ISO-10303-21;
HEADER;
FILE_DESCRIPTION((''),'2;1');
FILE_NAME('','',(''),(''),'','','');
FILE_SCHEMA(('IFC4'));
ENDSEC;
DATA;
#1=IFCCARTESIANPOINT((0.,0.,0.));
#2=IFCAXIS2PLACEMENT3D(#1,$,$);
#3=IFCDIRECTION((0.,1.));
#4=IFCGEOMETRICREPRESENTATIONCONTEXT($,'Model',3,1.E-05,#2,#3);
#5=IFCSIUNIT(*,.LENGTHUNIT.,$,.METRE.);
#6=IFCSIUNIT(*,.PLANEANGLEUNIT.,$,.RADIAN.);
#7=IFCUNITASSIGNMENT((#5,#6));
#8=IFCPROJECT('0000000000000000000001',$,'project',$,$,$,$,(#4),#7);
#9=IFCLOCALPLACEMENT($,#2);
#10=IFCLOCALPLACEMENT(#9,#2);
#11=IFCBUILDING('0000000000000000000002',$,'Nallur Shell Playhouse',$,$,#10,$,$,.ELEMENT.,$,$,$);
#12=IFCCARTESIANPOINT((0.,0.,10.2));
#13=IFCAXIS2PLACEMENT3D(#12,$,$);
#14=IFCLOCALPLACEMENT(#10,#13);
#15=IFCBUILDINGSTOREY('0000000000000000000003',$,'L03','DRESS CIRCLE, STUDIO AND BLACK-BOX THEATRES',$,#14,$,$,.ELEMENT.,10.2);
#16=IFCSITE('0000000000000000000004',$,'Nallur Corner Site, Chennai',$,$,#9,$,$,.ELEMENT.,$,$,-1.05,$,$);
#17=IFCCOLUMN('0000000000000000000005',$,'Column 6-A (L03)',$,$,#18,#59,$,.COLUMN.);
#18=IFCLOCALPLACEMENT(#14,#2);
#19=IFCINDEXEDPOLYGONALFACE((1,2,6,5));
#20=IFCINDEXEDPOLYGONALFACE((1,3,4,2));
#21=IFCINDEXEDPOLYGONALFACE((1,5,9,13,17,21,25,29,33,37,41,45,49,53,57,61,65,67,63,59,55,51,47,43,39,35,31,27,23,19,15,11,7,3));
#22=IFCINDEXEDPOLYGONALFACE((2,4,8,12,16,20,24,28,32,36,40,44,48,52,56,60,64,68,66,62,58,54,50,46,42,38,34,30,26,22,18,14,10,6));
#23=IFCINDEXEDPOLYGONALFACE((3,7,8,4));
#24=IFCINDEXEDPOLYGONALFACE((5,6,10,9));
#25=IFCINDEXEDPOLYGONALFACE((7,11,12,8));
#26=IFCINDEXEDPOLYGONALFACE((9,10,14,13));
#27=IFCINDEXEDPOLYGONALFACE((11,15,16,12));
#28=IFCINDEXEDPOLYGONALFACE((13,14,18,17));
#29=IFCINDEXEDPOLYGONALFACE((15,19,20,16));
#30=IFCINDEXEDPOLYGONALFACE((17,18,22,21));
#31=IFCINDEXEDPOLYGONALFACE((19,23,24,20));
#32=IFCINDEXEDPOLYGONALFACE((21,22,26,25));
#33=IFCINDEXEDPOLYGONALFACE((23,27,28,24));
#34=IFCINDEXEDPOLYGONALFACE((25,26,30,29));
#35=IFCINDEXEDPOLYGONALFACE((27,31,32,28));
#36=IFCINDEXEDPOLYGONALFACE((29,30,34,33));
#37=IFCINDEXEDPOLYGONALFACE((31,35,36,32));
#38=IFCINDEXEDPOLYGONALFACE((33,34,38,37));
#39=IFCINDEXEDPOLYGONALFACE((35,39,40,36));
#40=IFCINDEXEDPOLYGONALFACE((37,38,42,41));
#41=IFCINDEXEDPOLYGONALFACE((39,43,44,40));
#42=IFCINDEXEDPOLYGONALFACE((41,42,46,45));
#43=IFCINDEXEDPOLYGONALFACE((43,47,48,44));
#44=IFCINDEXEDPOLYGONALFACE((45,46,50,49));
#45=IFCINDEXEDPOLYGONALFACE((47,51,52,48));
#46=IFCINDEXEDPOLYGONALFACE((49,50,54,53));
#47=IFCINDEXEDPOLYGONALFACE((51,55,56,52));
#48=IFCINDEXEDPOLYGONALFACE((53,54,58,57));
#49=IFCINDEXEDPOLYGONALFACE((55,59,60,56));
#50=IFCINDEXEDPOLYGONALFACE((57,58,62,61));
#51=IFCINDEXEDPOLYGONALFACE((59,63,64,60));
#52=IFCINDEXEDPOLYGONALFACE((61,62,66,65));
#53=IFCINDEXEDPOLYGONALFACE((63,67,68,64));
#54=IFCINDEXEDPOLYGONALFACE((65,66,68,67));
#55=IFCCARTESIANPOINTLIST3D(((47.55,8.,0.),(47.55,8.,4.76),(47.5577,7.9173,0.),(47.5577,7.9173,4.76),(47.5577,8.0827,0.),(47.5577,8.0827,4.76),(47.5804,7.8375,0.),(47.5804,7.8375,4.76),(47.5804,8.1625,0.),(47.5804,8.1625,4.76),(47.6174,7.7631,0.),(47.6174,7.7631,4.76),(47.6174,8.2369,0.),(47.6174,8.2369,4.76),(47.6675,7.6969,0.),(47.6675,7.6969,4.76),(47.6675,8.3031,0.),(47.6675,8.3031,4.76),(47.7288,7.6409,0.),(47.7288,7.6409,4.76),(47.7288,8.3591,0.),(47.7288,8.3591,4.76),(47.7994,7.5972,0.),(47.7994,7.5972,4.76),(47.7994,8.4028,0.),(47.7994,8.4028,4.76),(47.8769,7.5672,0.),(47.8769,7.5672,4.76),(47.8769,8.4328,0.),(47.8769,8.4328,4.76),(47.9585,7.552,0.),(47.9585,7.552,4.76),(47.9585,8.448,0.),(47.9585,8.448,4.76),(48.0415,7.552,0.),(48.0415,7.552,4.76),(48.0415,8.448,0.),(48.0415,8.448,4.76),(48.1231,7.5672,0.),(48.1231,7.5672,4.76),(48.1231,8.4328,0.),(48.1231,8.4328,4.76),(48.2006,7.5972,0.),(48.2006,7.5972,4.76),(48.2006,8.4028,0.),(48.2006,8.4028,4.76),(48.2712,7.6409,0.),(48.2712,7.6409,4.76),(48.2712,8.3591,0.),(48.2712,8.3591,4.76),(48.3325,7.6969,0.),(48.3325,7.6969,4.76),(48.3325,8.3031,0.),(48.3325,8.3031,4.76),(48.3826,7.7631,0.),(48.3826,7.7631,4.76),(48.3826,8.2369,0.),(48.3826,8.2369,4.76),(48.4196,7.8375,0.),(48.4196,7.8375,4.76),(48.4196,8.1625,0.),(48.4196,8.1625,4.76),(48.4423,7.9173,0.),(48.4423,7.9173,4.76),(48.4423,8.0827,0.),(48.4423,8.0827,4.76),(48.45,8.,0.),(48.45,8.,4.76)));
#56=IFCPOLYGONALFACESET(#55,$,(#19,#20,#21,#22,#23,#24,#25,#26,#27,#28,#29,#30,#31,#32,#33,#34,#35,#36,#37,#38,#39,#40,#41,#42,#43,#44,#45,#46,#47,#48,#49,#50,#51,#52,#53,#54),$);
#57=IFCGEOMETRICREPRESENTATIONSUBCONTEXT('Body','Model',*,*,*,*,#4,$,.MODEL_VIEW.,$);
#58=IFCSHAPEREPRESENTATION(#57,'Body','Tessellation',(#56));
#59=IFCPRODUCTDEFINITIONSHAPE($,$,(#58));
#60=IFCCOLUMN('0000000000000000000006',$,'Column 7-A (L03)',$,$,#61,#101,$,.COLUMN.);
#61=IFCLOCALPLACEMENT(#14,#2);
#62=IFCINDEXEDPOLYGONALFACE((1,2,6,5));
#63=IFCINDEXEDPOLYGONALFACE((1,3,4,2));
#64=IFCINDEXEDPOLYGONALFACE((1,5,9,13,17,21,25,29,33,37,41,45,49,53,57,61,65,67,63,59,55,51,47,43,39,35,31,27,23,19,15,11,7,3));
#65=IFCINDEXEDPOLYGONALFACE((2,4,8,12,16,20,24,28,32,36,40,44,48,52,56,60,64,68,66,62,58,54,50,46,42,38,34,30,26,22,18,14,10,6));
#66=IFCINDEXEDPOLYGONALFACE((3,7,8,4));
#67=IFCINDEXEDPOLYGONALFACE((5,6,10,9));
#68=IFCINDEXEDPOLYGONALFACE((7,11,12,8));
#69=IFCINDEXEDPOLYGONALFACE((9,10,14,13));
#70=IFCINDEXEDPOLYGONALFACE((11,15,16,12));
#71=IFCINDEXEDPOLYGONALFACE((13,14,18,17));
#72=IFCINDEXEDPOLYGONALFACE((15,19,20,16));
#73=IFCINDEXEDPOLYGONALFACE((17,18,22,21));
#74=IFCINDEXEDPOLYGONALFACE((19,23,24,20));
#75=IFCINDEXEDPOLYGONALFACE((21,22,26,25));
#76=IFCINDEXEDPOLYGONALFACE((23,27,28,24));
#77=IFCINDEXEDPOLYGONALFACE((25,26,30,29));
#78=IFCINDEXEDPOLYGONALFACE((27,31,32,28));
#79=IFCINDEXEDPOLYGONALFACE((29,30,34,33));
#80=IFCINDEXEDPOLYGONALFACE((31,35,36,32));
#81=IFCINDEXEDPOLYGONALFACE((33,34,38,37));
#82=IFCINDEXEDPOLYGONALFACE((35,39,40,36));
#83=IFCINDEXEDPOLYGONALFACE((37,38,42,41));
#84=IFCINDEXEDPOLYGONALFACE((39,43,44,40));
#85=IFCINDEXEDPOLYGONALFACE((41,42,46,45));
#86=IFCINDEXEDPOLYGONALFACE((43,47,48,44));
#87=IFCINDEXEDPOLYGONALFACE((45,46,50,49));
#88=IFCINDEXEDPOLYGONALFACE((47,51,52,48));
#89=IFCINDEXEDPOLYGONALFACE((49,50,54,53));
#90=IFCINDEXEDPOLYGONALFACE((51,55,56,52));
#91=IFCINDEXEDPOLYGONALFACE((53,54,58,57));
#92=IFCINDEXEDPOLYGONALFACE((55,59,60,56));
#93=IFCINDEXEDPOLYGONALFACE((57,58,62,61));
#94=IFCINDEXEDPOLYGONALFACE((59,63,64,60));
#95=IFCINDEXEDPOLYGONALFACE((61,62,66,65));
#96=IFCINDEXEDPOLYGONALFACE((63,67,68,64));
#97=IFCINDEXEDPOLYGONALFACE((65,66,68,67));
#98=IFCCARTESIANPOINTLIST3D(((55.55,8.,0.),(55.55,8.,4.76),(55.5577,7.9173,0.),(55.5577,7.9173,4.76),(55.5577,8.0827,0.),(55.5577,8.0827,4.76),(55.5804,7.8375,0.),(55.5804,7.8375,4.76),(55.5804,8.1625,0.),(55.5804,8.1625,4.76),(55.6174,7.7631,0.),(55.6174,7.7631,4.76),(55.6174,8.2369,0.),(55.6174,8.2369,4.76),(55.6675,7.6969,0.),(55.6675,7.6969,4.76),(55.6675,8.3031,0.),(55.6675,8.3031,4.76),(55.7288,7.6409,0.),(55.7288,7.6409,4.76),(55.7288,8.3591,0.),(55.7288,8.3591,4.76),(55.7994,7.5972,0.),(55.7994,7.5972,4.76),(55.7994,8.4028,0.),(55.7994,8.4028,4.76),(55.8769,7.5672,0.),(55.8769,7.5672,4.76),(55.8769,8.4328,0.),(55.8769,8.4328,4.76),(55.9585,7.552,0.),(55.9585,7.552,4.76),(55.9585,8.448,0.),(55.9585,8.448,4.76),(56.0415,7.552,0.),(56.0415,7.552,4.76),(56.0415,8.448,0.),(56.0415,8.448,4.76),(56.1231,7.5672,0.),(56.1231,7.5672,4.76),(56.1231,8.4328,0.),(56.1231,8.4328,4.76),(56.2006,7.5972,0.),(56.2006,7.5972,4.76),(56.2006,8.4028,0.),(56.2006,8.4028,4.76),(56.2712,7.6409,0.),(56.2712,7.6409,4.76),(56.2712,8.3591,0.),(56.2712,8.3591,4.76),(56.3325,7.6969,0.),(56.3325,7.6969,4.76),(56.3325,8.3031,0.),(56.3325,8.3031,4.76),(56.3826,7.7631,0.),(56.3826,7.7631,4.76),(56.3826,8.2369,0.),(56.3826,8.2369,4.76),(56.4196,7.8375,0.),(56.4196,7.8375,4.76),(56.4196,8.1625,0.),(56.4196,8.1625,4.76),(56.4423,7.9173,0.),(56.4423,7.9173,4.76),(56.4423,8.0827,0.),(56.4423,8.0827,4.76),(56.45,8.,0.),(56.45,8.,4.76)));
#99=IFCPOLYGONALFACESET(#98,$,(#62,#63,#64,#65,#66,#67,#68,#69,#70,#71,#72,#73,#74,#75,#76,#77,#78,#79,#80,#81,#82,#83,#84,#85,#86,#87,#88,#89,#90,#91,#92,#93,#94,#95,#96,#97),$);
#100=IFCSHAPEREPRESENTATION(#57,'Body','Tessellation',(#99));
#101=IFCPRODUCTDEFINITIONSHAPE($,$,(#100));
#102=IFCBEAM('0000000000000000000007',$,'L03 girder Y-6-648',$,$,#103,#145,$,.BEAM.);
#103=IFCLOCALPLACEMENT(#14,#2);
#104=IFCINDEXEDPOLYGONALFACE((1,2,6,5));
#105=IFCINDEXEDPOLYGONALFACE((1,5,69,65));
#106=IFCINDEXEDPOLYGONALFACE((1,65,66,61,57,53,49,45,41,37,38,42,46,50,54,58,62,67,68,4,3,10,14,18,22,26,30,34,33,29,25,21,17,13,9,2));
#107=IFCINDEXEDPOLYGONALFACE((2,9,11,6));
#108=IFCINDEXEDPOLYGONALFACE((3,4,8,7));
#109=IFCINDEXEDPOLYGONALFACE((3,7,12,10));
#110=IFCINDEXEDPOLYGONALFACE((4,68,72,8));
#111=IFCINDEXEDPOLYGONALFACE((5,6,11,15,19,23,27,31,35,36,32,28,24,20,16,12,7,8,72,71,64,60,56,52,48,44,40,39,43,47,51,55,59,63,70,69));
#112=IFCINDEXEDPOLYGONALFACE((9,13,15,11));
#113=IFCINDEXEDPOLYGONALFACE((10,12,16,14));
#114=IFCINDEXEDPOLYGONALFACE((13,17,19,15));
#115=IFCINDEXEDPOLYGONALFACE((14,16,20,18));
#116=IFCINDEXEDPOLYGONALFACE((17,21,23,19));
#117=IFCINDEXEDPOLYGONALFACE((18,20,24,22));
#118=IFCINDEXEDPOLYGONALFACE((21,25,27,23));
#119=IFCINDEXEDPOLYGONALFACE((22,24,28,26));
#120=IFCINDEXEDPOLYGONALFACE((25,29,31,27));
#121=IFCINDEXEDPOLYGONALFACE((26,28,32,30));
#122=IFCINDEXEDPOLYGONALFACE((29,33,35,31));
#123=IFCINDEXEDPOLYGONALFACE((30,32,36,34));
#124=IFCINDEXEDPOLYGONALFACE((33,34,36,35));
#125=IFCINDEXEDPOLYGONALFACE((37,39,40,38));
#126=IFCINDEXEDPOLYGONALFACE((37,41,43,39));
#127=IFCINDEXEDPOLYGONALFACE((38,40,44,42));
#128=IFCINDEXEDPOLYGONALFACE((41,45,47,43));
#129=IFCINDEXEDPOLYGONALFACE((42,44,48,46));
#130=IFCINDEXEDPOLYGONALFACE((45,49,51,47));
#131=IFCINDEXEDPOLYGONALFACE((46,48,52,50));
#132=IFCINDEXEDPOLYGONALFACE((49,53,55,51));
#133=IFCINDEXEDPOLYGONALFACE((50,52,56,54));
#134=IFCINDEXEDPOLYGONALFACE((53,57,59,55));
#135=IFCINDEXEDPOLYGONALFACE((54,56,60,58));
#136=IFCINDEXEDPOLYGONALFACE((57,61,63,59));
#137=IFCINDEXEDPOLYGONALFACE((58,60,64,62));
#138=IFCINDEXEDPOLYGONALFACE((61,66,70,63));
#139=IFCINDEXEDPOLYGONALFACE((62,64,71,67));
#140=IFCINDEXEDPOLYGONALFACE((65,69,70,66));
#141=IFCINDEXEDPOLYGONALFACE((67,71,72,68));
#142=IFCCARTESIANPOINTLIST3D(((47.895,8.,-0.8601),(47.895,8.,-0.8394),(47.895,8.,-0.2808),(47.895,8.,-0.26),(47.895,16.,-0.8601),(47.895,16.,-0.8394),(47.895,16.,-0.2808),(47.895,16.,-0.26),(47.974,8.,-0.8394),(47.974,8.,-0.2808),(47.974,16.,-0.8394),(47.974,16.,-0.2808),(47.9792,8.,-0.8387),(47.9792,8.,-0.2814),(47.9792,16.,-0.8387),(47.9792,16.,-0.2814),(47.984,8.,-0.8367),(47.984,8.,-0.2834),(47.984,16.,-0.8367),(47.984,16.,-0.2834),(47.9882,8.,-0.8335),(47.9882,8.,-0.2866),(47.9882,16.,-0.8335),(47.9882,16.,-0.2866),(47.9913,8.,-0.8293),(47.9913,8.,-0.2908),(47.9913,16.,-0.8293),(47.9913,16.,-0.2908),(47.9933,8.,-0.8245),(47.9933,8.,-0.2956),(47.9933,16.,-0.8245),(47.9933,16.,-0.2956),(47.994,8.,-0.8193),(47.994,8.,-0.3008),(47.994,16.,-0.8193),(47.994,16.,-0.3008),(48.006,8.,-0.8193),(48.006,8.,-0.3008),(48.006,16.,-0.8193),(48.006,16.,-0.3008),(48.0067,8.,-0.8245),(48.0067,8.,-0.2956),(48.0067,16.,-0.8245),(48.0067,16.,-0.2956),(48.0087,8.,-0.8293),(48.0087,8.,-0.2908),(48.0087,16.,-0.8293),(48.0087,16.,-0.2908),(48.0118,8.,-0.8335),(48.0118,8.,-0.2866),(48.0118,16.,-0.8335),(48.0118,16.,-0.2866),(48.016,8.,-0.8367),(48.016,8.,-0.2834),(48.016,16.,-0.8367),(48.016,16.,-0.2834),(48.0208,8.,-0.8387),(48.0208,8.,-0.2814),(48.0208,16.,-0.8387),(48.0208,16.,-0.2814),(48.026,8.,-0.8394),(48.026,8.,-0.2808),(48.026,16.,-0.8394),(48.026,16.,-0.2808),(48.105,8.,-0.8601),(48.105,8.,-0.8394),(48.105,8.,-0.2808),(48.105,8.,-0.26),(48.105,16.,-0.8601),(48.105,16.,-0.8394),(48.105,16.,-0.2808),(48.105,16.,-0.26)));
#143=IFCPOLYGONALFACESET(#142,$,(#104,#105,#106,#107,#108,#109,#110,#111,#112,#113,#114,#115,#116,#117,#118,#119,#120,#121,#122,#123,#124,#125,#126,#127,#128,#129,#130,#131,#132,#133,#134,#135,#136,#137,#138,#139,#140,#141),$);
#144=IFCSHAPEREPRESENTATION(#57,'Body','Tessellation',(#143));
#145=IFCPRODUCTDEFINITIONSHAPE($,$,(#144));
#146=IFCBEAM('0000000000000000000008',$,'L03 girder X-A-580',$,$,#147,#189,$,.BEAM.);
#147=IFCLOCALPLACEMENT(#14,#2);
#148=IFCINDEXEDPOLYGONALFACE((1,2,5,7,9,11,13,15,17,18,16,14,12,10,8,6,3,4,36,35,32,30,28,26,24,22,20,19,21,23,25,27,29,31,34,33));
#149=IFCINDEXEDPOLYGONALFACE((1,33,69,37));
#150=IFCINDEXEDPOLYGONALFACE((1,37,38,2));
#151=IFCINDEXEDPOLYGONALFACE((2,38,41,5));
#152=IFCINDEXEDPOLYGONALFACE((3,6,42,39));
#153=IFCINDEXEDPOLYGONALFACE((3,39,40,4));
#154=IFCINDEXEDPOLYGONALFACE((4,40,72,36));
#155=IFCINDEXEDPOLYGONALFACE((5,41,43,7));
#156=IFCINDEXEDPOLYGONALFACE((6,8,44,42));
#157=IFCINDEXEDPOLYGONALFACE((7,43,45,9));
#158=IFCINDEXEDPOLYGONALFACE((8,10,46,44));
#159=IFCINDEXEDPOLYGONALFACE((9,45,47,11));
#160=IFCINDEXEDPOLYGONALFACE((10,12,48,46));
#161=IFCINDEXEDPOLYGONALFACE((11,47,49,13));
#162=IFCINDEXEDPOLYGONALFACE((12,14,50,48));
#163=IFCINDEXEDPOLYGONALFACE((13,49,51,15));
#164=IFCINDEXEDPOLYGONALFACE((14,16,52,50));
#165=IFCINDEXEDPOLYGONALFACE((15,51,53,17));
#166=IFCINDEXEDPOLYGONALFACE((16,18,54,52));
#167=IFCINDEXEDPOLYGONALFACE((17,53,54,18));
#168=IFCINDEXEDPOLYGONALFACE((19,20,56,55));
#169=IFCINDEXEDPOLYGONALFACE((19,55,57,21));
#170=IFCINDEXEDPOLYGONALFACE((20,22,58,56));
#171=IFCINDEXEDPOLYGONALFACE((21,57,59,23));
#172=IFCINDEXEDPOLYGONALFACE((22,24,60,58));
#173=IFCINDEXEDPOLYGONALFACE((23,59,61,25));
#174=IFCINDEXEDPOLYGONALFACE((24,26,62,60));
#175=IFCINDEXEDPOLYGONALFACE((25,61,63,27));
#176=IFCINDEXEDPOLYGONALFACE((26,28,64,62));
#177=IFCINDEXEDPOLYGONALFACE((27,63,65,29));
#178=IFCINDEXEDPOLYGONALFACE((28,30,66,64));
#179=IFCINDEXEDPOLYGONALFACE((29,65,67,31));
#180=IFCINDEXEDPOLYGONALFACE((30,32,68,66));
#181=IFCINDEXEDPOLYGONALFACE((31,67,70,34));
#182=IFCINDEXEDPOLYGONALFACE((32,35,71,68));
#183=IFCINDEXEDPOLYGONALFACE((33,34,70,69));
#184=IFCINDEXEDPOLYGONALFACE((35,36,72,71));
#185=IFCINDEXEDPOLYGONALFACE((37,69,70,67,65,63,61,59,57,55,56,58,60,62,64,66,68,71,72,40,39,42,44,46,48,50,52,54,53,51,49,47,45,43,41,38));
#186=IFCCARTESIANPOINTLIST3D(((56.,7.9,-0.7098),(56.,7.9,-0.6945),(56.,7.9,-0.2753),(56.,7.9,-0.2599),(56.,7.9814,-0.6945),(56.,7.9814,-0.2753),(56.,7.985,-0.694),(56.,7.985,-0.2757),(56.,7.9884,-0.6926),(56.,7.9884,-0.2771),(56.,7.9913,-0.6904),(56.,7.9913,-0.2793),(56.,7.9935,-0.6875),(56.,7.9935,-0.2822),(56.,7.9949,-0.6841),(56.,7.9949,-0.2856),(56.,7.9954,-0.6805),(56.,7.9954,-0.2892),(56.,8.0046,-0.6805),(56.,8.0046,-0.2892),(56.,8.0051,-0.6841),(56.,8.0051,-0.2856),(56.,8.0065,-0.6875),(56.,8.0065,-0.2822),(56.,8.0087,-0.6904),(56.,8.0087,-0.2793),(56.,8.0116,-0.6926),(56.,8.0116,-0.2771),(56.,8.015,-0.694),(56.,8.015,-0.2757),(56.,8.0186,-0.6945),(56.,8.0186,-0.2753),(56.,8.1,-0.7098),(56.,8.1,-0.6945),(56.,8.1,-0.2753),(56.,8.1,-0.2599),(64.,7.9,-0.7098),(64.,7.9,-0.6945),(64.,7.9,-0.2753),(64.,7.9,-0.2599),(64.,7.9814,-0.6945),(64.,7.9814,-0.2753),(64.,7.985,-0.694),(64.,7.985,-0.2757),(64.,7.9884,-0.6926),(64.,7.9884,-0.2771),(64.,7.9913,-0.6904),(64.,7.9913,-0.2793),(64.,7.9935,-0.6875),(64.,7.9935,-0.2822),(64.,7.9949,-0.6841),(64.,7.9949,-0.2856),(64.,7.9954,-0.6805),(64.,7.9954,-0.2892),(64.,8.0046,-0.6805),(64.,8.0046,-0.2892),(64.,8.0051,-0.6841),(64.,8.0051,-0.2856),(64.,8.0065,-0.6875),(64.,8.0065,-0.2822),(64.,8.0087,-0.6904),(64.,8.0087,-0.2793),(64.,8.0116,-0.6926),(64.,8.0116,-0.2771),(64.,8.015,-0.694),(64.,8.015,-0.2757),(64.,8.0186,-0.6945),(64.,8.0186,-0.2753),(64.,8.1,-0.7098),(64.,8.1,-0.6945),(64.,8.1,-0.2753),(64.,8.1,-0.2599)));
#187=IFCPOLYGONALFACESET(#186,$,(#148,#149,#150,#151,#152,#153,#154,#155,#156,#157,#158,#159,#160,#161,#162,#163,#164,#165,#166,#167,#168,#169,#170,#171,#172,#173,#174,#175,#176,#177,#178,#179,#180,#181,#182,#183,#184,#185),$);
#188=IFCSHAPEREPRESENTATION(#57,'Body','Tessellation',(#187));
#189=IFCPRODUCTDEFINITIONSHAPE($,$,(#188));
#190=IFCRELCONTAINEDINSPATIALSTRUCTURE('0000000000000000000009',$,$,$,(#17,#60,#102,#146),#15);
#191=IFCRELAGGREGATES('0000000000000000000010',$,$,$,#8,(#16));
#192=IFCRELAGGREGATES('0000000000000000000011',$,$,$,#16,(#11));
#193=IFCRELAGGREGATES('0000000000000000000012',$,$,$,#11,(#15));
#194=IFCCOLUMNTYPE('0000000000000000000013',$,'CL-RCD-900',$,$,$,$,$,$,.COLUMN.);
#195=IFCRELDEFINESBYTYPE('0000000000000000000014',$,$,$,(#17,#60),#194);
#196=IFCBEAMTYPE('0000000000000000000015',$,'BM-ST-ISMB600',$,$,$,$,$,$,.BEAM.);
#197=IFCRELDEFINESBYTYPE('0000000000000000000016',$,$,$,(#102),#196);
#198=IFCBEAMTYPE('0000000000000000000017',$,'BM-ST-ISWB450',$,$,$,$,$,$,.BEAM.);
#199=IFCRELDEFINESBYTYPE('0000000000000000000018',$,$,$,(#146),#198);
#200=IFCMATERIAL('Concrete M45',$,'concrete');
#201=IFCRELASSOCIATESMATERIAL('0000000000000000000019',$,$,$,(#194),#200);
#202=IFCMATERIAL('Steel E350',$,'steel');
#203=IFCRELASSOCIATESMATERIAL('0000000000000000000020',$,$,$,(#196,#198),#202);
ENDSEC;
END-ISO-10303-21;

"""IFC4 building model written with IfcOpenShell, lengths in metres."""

from ifc_helpers import new_model, si_unit, direction, frame, origin, origin_2d, place, context, subcontext, project, spatial, circle, i_section, extrude, material, material_profile, profile_set, type_object, element, save


model = new_model("IFC4")

# Units and contexts
model_context = context("Model", 3, precision=1e-05, world=origin(), true_north=direction((0.0, 1.0)))
body_context = subcontext(model_context, "Body", "Model", "MODEL_VIEW")
ifc_project = project(units=[si_unit("LENGTHUNIT", "METRE"), si_unit("PLANEANGLEUNIT", "RADIAN")], contexts=[model_context])

# Site, building, storey
site_placement = place(None, origin())
site = spatial("IfcSite", under=ifc_project, at=site_placement, Name="Nallur Corner Site, Chennai", CompositionType="ELEMENT", RefElevation=-1.05)
building_placement = place(site_placement, origin())
building = spatial("IfcBuilding", under=site, at=building_placement, Name="Nallur Shell Playhouse", CompositionType="ELEMENT")
storey_placement = place(building_placement, frame((0.0, 0.0, 10.2)))
storey = spatial("IfcBuildingStorey", under=building, at=storey_placement, Name="L03", Description="DRESS CIRCLE, STUDIO AND BLACK-BOX THEATRES", CompositionType="ELEMENT", Elevation=10.2)

# Columns
ifc_material_1 = material(Name="Concrete M45", Category="concrete")
ifc_material_profile_1 = material_profile(ifc_material_1, circle(Radius=0.45, at=origin_2d()), Name="RC D900")
ifc_profile_set_1 = profile_set([ifc_material_profile_1], Name="Concrete M45")
column_type = type_object("IfcColumnType", Name="CL-RCD-900", PredefinedType="COLUMN", material=ifc_profile_set_1)
for number, where, z_axis, x_axis, name in (
    (1, (48.0, 8.0, 0.0), (0.0, 0.0, 1.0), (1.0, 0.0, 0.0), "Column 6-A (L03)"),
    (2, (56.0, 8.0, 0.0), (0.0, 0.0, 1.0), (1.0, 0.0, 0.0), "Column 7-A (L03)"),
):
    element("IfcColumn", number, at=place(storey_placement, frame(where, z_axis=z_axis, x_axis=x_axis)), inside=storey, type_object=column_type, Name=name, PredefinedType="COLUMN", context=body_context, shape_type="SweptSolid", body=[
        extrude(circle(Radius=0.45, at=origin_2d()), origin(), (0.0, 0.0, 1.0), 4.76),
    ])

# Beams
ifc_material_2 = material(Name="Steel E350", Category="steel")
ifc_material_profile_2 = material_profile(ifc_material_2, i_section(OverallWidth=0.21, OverallDepth=0.6001, WebThickness=0.012, FlangeThickness=0.0208, FilletRadius=0.02, at=origin_2d()), Name="ISMB 600")
ifc_profile_set_2 = profile_set([ifc_material_profile_2], Name="Steel E350")
beam_type_1 = type_object("IfcBeamType", Name="BM-ST-ISMB600", PredefinedType="BEAM", material=ifc_profile_set_2)
beam_1_placement = place(storey_placement, frame((48.0, 8.0, -0.5601), z_axis=(0.0, 1.0, 0.0), x_axis=(-1.0, 0.0, 0.0)))
element("IfcBeam", 3, at=beam_1_placement, inside=storey, type_object=beam_type_1, Name="L03 girder Y-6-648", PredefinedType="BEAM", context=body_context, shape_type="SweptSolid", body=[
    extrude(i_section(OverallWidth=0.21, OverallDepth=0.6001, WebThickness=0.012, FlangeThickness=0.0208, FilletRadius=0.02, at=origin_2d()), origin(), (0.0, 0.0, 1.0), 8.0),
])
ifc_material_profile_3 = material_profile(ifc_material_2, i_section(OverallWidth=0.2, OverallDepth=0.45, WebThickness=0.0093, FlangeThickness=0.0154, FilletRadius=0.0139, at=origin_2d()), Name="ISWB 450")
ifc_profile_set_3 = profile_set([ifc_material_profile_3], Name="Steel E350")
beam_type_2 = type_object("IfcBeamType", Name="BM-ST-ISWB450", PredefinedType="BEAM", material=ifc_profile_set_3)
beam_2_placement = place(storey_placement, frame((56.0, 8.0, -0.4849), z_axis=(1.0, 0.0, 0.0), x_axis=(0.0, 1.0, 0.0)))
element("IfcBeam", 4, at=beam_2_placement, inside=storey, type_object=beam_type_2, Name="L03 girder X-A-580", PredefinedType="BEAM", context=body_context, shape_type="SweptSolid", body=[
    extrude(i_section(OverallWidth=0.2, OverallDepth=0.45, WebThickness=0.0093, FlangeThickness=0.0154, FilletRadius=0.0139, at=origin_2d()), origin(), (0.0, 0.0, 1.0), 8.0),
])

save(model, "model.ifc")
